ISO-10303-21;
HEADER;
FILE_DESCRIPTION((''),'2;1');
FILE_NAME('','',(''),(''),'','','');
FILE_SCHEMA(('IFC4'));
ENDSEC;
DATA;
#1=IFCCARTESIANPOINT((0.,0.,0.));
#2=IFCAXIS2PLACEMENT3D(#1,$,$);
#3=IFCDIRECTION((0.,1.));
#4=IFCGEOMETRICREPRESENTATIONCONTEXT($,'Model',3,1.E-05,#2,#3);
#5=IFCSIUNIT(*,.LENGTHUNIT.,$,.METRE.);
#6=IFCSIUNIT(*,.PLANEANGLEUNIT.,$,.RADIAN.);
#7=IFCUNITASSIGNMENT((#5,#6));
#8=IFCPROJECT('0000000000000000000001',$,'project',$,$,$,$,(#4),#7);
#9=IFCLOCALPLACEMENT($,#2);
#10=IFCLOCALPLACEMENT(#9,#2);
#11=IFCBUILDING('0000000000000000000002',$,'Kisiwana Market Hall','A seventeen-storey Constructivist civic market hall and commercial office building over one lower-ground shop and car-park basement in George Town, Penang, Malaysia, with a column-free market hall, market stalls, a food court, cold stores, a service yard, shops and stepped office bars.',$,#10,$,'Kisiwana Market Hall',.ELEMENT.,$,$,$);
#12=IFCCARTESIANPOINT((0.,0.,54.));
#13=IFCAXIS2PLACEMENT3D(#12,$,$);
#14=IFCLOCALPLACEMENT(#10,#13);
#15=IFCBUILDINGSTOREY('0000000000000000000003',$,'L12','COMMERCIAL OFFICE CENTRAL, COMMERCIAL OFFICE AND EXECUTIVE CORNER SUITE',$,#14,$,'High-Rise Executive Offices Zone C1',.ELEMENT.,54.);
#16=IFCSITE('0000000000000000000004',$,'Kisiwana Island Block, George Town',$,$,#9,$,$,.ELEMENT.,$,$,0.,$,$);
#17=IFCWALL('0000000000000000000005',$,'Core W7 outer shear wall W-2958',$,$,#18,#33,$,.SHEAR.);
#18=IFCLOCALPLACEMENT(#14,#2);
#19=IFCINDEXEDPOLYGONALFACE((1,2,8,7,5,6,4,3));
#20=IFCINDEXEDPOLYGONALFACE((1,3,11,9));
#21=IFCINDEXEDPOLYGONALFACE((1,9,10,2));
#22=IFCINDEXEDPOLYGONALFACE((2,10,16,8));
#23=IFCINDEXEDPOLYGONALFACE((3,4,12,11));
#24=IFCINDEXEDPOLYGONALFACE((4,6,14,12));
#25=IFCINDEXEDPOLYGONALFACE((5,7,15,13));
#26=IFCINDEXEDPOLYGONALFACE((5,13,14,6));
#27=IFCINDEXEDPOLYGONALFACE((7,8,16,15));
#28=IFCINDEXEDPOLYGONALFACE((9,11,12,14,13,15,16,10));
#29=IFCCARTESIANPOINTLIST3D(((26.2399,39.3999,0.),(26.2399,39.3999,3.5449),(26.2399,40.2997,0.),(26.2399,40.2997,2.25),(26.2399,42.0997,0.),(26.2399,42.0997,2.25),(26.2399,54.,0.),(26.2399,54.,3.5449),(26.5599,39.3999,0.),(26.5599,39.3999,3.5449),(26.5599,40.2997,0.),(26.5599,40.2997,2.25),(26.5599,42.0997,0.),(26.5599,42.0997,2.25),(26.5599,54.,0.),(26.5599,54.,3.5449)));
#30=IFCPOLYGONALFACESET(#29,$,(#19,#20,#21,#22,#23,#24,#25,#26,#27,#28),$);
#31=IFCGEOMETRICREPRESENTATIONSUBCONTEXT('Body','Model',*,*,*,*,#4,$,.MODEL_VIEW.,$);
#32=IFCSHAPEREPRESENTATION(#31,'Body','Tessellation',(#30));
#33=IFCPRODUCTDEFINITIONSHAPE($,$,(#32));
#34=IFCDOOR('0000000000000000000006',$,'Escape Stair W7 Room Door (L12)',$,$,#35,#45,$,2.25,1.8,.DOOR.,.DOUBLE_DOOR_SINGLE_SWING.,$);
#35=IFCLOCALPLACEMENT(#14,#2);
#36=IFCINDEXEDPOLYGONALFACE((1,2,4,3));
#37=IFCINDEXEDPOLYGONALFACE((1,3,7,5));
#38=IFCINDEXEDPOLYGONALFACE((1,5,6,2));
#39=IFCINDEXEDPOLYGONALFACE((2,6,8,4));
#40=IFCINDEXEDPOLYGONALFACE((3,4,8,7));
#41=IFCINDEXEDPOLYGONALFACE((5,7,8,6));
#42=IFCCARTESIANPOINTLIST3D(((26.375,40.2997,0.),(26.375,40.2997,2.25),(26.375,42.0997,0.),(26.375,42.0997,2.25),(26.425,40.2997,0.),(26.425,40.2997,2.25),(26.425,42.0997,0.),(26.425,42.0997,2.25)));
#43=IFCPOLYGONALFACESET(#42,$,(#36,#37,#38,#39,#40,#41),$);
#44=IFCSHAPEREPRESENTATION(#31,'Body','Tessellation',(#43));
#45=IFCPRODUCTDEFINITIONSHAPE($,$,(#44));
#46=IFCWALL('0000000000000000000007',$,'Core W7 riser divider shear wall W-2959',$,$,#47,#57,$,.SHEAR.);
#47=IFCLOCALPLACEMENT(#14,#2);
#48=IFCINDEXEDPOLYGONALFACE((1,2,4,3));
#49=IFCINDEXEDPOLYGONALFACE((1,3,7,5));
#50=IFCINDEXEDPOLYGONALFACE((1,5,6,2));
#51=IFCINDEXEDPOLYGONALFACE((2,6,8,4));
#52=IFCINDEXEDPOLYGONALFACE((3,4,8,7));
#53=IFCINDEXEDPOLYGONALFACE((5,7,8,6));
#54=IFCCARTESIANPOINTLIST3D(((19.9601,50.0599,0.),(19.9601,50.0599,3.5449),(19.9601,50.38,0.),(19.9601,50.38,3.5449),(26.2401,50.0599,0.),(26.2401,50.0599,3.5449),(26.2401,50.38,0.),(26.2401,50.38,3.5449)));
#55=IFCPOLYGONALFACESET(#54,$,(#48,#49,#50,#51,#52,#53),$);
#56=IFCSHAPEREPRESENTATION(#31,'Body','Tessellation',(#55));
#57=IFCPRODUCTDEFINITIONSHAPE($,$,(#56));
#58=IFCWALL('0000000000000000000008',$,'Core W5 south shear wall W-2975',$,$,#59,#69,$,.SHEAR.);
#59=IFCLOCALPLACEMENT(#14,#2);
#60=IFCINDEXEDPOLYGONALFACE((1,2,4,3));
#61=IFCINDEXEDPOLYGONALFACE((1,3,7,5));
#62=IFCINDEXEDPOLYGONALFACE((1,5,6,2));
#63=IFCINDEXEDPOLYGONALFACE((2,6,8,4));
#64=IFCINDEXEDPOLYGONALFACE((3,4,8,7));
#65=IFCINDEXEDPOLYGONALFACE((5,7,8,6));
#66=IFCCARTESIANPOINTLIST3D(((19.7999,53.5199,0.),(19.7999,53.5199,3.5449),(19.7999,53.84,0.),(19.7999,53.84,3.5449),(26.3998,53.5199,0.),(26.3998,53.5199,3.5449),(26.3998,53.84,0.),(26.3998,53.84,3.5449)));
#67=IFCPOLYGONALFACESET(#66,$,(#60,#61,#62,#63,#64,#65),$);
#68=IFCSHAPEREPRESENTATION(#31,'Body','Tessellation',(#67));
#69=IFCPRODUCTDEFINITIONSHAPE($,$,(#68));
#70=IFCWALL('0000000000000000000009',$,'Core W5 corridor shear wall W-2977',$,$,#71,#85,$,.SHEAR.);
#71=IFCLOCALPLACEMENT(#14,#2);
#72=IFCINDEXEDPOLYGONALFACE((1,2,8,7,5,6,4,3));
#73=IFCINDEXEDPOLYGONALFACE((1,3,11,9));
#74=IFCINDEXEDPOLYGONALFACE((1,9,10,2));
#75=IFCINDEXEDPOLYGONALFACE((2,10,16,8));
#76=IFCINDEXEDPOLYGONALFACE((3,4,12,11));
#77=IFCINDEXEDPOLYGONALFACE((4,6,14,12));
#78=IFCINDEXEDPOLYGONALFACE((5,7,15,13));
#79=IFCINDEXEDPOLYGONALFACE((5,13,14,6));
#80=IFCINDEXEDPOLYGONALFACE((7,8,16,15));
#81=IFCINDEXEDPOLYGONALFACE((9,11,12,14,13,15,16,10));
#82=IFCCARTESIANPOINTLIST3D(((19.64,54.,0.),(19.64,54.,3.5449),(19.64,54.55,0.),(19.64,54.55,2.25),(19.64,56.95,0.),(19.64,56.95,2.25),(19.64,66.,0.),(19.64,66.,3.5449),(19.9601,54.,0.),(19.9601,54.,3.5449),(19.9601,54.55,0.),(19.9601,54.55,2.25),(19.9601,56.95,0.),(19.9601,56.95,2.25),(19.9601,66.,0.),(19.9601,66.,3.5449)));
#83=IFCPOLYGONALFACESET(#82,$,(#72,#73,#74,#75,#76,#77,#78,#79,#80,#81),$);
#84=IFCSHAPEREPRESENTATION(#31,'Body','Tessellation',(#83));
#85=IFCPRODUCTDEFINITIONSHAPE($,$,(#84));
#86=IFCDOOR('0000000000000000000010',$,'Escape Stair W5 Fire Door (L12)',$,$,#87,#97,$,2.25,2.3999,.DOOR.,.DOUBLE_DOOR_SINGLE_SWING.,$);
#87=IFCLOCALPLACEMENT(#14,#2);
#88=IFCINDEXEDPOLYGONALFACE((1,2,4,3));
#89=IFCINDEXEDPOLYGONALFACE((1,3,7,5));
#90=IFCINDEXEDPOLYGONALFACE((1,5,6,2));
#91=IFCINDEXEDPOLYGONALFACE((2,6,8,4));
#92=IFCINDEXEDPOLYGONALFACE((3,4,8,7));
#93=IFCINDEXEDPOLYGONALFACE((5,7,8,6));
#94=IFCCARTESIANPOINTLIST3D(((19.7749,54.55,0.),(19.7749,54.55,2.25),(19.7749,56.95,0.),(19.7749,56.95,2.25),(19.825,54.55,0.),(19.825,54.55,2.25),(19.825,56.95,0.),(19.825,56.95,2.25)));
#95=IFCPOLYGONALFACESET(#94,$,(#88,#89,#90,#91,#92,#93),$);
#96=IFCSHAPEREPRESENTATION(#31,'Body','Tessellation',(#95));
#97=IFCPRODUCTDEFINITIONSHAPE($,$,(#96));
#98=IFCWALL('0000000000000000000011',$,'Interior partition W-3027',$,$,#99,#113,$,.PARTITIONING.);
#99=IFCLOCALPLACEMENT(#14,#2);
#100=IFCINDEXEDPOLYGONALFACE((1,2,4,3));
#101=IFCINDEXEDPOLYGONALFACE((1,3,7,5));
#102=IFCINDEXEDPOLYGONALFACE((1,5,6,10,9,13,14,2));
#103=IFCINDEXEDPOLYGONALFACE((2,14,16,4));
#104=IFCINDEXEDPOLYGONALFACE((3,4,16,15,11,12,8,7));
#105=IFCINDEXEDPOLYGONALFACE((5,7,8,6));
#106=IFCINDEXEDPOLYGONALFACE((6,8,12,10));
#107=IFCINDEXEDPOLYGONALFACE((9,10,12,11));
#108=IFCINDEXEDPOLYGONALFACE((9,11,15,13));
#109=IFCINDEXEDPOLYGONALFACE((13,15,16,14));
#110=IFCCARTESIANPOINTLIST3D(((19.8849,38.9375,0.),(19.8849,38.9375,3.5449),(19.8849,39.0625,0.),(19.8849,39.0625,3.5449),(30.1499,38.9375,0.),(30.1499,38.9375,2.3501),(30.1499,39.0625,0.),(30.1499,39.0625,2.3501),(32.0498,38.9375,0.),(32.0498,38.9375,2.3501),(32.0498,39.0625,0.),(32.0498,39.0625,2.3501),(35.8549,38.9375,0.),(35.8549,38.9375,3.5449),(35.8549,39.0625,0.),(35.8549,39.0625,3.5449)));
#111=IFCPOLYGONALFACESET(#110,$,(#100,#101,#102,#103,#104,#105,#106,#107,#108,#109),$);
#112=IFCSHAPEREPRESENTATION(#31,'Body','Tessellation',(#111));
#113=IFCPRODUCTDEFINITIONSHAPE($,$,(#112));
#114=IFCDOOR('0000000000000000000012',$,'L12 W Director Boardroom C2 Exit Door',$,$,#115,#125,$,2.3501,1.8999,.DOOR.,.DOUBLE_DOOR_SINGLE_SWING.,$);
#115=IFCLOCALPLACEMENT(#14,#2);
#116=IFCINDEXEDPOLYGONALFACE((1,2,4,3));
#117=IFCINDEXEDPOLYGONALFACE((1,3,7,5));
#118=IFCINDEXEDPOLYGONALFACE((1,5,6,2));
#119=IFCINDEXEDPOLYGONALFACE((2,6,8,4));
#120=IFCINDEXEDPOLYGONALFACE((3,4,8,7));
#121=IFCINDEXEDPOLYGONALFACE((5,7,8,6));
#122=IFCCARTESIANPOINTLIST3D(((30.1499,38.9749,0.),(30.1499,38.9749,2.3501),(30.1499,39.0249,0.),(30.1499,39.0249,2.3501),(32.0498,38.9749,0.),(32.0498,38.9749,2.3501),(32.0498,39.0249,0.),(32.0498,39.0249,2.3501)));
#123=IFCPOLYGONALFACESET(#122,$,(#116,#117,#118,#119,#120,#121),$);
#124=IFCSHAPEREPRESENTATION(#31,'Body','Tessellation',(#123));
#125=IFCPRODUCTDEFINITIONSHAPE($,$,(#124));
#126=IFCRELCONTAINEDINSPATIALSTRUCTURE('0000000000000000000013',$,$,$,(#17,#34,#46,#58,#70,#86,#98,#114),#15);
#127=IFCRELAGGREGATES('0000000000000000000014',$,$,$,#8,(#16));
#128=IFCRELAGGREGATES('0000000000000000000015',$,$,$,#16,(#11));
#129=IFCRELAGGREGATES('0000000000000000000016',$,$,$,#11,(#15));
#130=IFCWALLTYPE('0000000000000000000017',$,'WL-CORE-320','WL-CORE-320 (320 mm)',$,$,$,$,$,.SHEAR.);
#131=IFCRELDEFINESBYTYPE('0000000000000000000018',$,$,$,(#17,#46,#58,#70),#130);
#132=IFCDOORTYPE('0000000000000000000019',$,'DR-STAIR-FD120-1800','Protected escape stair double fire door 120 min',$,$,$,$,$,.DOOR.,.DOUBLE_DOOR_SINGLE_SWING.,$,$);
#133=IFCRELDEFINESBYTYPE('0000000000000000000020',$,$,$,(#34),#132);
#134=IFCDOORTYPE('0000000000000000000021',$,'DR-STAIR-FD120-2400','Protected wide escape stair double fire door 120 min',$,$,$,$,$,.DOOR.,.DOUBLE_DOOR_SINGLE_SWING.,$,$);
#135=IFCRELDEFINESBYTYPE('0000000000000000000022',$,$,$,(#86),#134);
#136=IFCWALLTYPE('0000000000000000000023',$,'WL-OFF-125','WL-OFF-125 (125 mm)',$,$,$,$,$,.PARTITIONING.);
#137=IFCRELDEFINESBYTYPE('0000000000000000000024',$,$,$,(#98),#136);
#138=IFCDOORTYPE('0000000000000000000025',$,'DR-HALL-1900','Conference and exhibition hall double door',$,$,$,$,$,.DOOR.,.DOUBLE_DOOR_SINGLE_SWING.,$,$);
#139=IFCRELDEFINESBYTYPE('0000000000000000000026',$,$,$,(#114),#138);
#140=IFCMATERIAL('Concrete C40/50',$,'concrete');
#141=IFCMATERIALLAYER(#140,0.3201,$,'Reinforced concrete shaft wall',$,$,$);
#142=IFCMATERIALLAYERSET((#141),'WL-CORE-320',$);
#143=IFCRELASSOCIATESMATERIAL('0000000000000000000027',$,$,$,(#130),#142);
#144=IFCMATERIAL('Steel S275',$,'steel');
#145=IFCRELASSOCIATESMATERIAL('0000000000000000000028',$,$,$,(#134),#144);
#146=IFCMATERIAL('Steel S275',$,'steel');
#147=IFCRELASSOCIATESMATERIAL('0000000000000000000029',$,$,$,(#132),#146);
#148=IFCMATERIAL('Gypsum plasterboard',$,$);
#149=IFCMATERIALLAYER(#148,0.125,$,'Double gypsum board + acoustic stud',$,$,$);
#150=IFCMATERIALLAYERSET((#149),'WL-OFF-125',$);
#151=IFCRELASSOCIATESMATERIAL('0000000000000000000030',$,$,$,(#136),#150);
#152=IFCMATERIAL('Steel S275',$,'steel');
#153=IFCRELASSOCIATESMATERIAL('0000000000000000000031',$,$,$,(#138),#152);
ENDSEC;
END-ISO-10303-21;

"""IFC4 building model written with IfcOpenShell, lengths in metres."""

from ifc_helpers import new_model, si_unit, direction, frame, frame_2d, origin, place, context, subcontext, project, spatial, rectangle, extrude, material, layer, layer_set, type_object, element, fill, save


model = new_model("IFC4")

# Units and contexts
model_context = context("Model", 3, precision=1e-05, world=origin(), true_north=direction((0.0, 1.0)))
body_context = subcontext(model_context, "Body", "Model", "MODEL_VIEW")
ifc_project = project(units=[si_unit("LENGTHUNIT", "METRE"), si_unit("PLANEANGLEUNIT", "RADIAN")], contexts=[model_context])

# Site, building, storey
site_placement = place(None, origin())
site = spatial("IfcSite", under=ifc_project, at=site_placement, Name="Kisiwana Island Block, George Town", CompositionType="ELEMENT", RefElevation=0.0)
building_placement = place(site_placement, origin())
building = spatial("IfcBuilding", under=site, at=building_placement, Name="Kisiwana Market Hall", Description="A seventeen-storey Constructivist civic market hall and commercial office building over one lower-ground shop and car-park basement in George Town, Penang, Malaysia, with a column-free market hall, market stalls, a food court, cold stores, a service yard, shops and stepped office bars.", LongName="Kisiwana Market Hall", CompositionType="ELEMENT")
storey_placement = place(building_placement, frame((0.0, 0.0, 54.0)))
storey = spatial("IfcBuildingStorey", under=building, at=storey_placement, Name="L12", Description="COMMERCIAL OFFICE CENTRAL, COMMERCIAL OFFICE AND EXECUTIVE CORNER SUITE", LongName="High-Rise Executive Offices Zone C1", CompositionType="ELEMENT", Elevation=54.0)

# Shared definitions
ifc_material_1 = material(Name="Concrete C40/50", Category="concrete")
ifc_layer_1 = layer(ifc_material_1, 0.3201, Name="Reinforced concrete shaft wall")
ifc_layer_set_1 = layer_set([ifc_layer_1], Name="WL-CORE-320")
wall_type_1 = type_object("IfcWallType", Name="WL-CORE-320", Description="WL-CORE-320 (320 mm)", PredefinedType="SHEAR", material=ifc_layer_set_1)
ifc_material_2 = material(Name="Steel S275", Category="steel")
door_type_1 = type_object("IfcDoorType", Name="DR-STAIR-FD120-2400", Description="Protected wide escape stair double fire door 120 min", OperationType="DOUBLE_DOOR_SINGLE_SWING", PredefinedType="DOOR", material=ifc_material_2)

# Wall, opening, door
wall_1_placement = place(storey_placement, frame((26.3999, 39.3999, 0.0), z_axis=(0.0, 0.0, 1.0), x_axis=(0.0, 1.0, 0.0)))
wall_1 = element("IfcWall", 1, at=wall_1_placement, inside=storey, type_object=wall_type_1, Name="Core W7 outer shear wall W-2958", PredefinedType="SHEAR", context=body_context, shape_type="SweptSolid", body=[
    extrude(rectangle(XDim=14.6001, YDim=0.3201, at=frame_2d((7.3, 0.0))), origin(), (0.0, 0.0, 1.0), 3.5449),
])
opening_1_placement = place(wall_1_placement, frame((0.8999, 0.0, 0.0)))
opening_1 = element("IfcOpeningElement", 2, at=opening_1_placement, cuts=wall_1, PredefinedType="OPENING", context=body_context, shape_type="SweptSolid", body=[
    extrude(rectangle(XDim=1.8, YDim=2.25, at=frame_2d((0.8999, 1.125))), frame((0.0, 0.1719, 0.0), z_axis=(0.0, -1.0, 0.0), x_axis=(1.0, 0.0, 0.0)), (0.0, 0.0, 1.0), 0.344),
])
ifc_material_3 = material(Name="Steel S275", Category="steel")
door_type_2 = type_object("IfcDoorType", Name="DR-STAIR-FD120-1800", Description="Protected escape stair double fire door 120 min", OperationType="DOUBLE_DOOR_SINGLE_SWING", PredefinedType="DOOR", material=ifc_material_3)
door_1_placement = place(opening_1_placement, origin())
door_1 = element("IfcDoor", 3, at=door_1_placement, inside=storey, type_object=door_type_2, Name="Escape Stair W7 Room Door (L12)", OperationType="DOUBLE_DOOR_SINGLE_SWING", OverallHeight=2.25, OverallWidth=1.8, PredefinedType="DOOR", context=body_context, shape_type="SweptSolid", body=[
    extrude(rectangle(XDim=1.8, YDim=2.25, at=frame_2d((0.8999, 1.125))), frame((0.0, 0.0249, 0.0), z_axis=(0.0, -1.0, 0.0), x_axis=(1.0, 0.0, 0.0)), (0.0, 0.0, 1.0), 0.05),
])
fill(opening_1, door_1)

# Walls
wall_2_placement = place(storey_placement, frame((19.96, 50.22, 0.0), z_axis=(0.0, 0.0, 1.0), x_axis=(1.0, 0.0, 0.0)))
element("IfcWall", 4, at=wall_2_placement, inside=storey, type_object=wall_type_1, Name="Core W7 riser divider shear wall W-2959", PredefinedType="SHEAR", context=body_context, shape_type="SweptSolid", body=[
    extrude(rectangle(XDim=6.28, YDim=0.3201, at=frame_2d((3.1401, 0.0))), origin(), (0.0, 0.0, 1.0), 3.5449),
])
wall_3_placement = place(storey_placement, frame((19.8, 53.6799, 0.0), z_axis=(0.0, 0.0, 1.0), x_axis=(1.0, 0.0, 0.0)))
element("IfcWall", 5, at=wall_3_placement, inside=storey, type_object=wall_type_1, Name="Core W5 south shear wall W-2975", PredefinedType="SHEAR", context=body_context, shape_type="SweptSolid", body=[
    extrude(rectangle(XDim=6.5999, YDim=0.3201, at=frame_2d((3.2998, 0.0))), origin(), (0.0, 0.0, 1.0), 3.5449),
])

# Walls, openings, doors
wall_4_placement = place(storey_placement, frame((19.8, 54.0, 0.0), z_axis=(0.0, 0.0, 1.0), x_axis=(0.0, 1.0, 0.0)))
wall_4 = element("IfcWall", 6, at=wall_4_placement, inside=storey, type_object=wall_type_1, Name="Core W5 corridor shear wall W-2977", PredefinedType="SHEAR", context=body_context, shape_type="SweptSolid", body=[
    extrude(rectangle(XDim=12.0, YDim=0.3201, at=frame_2d((6.0, 0.0))), origin(), (0.0, 0.0, 1.0), 3.5449),
])
opening_2_placement = place(wall_4_placement, frame((0.55, 0.0, 0.0)))
opening_2 = element("IfcOpeningElement", 7, at=opening_2_placement, cuts=wall_4, PredefinedType="OPENING", context=body_context, shape_type="SweptSolid", body=[
    extrude(rectangle(XDim=2.3999, YDim=2.25, at=frame_2d((1.2, 1.125))), frame((0.0, 0.1719, 0.0), z_axis=(0.0, -1.0, 0.0), x_axis=(1.0, 0.0, 0.0)), (0.0, 0.0, 1.0), 0.344),
])
door_2_placement = place(opening_2_placement, frame((2.3999, 0.0, 0.0), z_axis=(0.0, 0.0, 1.0), x_axis=(-1.0, 0.0, 0.0)))
door_2 = element("IfcDoor", 8, at=door_2_placement, inside=storey, type_object=door_type_1, Name="Escape Stair W5 Fire Door (L12)", OperationType="DOUBLE_DOOR_SINGLE_SWING", OverallHeight=2.25, OverallWidth=2.3999, PredefinedType="DOOR", context=body_context, shape_type="SweptSolid", body=[
    extrude(rectangle(XDim=2.3999, YDim=2.25, at=frame_2d((1.2, 1.125))), frame((0.0, 0.0249, 0.0), z_axis=(0.0, -1.0, 0.0), x_axis=(1.0, 0.0, 0.0)), (0.0, 0.0, 1.0), 0.05),
])
fill(opening_2, door_2)
ifc_material_4 = material(Name="Gypsum plasterboard")
ifc_layer_2 = layer(ifc_material_4, 0.125, Name="Double gypsum board + acoustic stud")
ifc_layer_set_2 = layer_set([ifc_layer_2], Name="WL-OFF-125")
wall_type_2 = type_object("IfcWallType", Name="WL-OFF-125", Description="WL-OFF-125 (125 mm)", PredefinedType="PARTITIONING", material=ifc_layer_set_2)
wall_5_placement = place(storey_placement, frame((19.885, 39.0, 0.0), z_axis=(0.0, 0.0, 1.0), x_axis=(1.0, 0.0, 0.0)))
wall_5 = element("IfcWall", 9, at=wall_5_placement, inside=storey, type_object=wall_type_2, Name="Interior partition W-3027", PredefinedType="PARTITIONING", context=body_context, shape_type="SweptSolid", body=[
    extrude(rectangle(XDim=15.97, YDim=0.125, at=frame_2d((7.9849, 0.0))), origin(), (0.0, 0.0, 1.0), 3.5449),
])
opening_3_placement = place(wall_5_placement, frame((10.2649, 0.0, 0.0)))
opening_3 = element("IfcOpeningElement", 10, at=opening_3_placement, cuts=wall_5, PredefinedType="OPENING", context=body_context, shape_type="SweptSolid", body=[
    extrude(rectangle(XDim=1.8999, YDim=2.3501, at=frame_2d((0.95, 1.175))), frame((0.0, 0.0745, 0.0), z_axis=(0.0, -1.0, 0.0), x_axis=(1.0, 0.0, 0.0)), (0.0, 0.0, 1.0), 0.1489),
])
ifc_material_5 = material(Name="Steel S275", Category="steel")
door_type_3 = type_object("IfcDoorType", Name="DR-HALL-1900", Description="Conference and exhibition hall double door", OperationType="DOUBLE_DOOR_SINGLE_SWING", PredefinedType="DOOR", material=ifc_material_5)
door_3_placement = place(opening_3_placement, origin())
door_3 = element("IfcDoor", 11, at=door_3_placement, inside=storey, type_object=door_type_3, Name="L12 W Director Boardroom C2 Exit Door", OperationType="DOUBLE_DOOR_SINGLE_SWING", OverallHeight=2.3501, OverallWidth=1.8999, PredefinedType="DOOR", context=body_context, shape_type="SweptSolid", body=[
    extrude(rectangle(XDim=1.8999, YDim=2.3501, at=frame_2d((0.95, 1.175))), frame((0.0, 0.0249, 0.0), z_axis=(0.0, -1.0, 0.0), x_axis=(1.0, 0.0, 0.0)), (0.0, 0.0, 1.0), 0.05),
])
fill(opening_3, door_3)

save(model, "model.ifc")
